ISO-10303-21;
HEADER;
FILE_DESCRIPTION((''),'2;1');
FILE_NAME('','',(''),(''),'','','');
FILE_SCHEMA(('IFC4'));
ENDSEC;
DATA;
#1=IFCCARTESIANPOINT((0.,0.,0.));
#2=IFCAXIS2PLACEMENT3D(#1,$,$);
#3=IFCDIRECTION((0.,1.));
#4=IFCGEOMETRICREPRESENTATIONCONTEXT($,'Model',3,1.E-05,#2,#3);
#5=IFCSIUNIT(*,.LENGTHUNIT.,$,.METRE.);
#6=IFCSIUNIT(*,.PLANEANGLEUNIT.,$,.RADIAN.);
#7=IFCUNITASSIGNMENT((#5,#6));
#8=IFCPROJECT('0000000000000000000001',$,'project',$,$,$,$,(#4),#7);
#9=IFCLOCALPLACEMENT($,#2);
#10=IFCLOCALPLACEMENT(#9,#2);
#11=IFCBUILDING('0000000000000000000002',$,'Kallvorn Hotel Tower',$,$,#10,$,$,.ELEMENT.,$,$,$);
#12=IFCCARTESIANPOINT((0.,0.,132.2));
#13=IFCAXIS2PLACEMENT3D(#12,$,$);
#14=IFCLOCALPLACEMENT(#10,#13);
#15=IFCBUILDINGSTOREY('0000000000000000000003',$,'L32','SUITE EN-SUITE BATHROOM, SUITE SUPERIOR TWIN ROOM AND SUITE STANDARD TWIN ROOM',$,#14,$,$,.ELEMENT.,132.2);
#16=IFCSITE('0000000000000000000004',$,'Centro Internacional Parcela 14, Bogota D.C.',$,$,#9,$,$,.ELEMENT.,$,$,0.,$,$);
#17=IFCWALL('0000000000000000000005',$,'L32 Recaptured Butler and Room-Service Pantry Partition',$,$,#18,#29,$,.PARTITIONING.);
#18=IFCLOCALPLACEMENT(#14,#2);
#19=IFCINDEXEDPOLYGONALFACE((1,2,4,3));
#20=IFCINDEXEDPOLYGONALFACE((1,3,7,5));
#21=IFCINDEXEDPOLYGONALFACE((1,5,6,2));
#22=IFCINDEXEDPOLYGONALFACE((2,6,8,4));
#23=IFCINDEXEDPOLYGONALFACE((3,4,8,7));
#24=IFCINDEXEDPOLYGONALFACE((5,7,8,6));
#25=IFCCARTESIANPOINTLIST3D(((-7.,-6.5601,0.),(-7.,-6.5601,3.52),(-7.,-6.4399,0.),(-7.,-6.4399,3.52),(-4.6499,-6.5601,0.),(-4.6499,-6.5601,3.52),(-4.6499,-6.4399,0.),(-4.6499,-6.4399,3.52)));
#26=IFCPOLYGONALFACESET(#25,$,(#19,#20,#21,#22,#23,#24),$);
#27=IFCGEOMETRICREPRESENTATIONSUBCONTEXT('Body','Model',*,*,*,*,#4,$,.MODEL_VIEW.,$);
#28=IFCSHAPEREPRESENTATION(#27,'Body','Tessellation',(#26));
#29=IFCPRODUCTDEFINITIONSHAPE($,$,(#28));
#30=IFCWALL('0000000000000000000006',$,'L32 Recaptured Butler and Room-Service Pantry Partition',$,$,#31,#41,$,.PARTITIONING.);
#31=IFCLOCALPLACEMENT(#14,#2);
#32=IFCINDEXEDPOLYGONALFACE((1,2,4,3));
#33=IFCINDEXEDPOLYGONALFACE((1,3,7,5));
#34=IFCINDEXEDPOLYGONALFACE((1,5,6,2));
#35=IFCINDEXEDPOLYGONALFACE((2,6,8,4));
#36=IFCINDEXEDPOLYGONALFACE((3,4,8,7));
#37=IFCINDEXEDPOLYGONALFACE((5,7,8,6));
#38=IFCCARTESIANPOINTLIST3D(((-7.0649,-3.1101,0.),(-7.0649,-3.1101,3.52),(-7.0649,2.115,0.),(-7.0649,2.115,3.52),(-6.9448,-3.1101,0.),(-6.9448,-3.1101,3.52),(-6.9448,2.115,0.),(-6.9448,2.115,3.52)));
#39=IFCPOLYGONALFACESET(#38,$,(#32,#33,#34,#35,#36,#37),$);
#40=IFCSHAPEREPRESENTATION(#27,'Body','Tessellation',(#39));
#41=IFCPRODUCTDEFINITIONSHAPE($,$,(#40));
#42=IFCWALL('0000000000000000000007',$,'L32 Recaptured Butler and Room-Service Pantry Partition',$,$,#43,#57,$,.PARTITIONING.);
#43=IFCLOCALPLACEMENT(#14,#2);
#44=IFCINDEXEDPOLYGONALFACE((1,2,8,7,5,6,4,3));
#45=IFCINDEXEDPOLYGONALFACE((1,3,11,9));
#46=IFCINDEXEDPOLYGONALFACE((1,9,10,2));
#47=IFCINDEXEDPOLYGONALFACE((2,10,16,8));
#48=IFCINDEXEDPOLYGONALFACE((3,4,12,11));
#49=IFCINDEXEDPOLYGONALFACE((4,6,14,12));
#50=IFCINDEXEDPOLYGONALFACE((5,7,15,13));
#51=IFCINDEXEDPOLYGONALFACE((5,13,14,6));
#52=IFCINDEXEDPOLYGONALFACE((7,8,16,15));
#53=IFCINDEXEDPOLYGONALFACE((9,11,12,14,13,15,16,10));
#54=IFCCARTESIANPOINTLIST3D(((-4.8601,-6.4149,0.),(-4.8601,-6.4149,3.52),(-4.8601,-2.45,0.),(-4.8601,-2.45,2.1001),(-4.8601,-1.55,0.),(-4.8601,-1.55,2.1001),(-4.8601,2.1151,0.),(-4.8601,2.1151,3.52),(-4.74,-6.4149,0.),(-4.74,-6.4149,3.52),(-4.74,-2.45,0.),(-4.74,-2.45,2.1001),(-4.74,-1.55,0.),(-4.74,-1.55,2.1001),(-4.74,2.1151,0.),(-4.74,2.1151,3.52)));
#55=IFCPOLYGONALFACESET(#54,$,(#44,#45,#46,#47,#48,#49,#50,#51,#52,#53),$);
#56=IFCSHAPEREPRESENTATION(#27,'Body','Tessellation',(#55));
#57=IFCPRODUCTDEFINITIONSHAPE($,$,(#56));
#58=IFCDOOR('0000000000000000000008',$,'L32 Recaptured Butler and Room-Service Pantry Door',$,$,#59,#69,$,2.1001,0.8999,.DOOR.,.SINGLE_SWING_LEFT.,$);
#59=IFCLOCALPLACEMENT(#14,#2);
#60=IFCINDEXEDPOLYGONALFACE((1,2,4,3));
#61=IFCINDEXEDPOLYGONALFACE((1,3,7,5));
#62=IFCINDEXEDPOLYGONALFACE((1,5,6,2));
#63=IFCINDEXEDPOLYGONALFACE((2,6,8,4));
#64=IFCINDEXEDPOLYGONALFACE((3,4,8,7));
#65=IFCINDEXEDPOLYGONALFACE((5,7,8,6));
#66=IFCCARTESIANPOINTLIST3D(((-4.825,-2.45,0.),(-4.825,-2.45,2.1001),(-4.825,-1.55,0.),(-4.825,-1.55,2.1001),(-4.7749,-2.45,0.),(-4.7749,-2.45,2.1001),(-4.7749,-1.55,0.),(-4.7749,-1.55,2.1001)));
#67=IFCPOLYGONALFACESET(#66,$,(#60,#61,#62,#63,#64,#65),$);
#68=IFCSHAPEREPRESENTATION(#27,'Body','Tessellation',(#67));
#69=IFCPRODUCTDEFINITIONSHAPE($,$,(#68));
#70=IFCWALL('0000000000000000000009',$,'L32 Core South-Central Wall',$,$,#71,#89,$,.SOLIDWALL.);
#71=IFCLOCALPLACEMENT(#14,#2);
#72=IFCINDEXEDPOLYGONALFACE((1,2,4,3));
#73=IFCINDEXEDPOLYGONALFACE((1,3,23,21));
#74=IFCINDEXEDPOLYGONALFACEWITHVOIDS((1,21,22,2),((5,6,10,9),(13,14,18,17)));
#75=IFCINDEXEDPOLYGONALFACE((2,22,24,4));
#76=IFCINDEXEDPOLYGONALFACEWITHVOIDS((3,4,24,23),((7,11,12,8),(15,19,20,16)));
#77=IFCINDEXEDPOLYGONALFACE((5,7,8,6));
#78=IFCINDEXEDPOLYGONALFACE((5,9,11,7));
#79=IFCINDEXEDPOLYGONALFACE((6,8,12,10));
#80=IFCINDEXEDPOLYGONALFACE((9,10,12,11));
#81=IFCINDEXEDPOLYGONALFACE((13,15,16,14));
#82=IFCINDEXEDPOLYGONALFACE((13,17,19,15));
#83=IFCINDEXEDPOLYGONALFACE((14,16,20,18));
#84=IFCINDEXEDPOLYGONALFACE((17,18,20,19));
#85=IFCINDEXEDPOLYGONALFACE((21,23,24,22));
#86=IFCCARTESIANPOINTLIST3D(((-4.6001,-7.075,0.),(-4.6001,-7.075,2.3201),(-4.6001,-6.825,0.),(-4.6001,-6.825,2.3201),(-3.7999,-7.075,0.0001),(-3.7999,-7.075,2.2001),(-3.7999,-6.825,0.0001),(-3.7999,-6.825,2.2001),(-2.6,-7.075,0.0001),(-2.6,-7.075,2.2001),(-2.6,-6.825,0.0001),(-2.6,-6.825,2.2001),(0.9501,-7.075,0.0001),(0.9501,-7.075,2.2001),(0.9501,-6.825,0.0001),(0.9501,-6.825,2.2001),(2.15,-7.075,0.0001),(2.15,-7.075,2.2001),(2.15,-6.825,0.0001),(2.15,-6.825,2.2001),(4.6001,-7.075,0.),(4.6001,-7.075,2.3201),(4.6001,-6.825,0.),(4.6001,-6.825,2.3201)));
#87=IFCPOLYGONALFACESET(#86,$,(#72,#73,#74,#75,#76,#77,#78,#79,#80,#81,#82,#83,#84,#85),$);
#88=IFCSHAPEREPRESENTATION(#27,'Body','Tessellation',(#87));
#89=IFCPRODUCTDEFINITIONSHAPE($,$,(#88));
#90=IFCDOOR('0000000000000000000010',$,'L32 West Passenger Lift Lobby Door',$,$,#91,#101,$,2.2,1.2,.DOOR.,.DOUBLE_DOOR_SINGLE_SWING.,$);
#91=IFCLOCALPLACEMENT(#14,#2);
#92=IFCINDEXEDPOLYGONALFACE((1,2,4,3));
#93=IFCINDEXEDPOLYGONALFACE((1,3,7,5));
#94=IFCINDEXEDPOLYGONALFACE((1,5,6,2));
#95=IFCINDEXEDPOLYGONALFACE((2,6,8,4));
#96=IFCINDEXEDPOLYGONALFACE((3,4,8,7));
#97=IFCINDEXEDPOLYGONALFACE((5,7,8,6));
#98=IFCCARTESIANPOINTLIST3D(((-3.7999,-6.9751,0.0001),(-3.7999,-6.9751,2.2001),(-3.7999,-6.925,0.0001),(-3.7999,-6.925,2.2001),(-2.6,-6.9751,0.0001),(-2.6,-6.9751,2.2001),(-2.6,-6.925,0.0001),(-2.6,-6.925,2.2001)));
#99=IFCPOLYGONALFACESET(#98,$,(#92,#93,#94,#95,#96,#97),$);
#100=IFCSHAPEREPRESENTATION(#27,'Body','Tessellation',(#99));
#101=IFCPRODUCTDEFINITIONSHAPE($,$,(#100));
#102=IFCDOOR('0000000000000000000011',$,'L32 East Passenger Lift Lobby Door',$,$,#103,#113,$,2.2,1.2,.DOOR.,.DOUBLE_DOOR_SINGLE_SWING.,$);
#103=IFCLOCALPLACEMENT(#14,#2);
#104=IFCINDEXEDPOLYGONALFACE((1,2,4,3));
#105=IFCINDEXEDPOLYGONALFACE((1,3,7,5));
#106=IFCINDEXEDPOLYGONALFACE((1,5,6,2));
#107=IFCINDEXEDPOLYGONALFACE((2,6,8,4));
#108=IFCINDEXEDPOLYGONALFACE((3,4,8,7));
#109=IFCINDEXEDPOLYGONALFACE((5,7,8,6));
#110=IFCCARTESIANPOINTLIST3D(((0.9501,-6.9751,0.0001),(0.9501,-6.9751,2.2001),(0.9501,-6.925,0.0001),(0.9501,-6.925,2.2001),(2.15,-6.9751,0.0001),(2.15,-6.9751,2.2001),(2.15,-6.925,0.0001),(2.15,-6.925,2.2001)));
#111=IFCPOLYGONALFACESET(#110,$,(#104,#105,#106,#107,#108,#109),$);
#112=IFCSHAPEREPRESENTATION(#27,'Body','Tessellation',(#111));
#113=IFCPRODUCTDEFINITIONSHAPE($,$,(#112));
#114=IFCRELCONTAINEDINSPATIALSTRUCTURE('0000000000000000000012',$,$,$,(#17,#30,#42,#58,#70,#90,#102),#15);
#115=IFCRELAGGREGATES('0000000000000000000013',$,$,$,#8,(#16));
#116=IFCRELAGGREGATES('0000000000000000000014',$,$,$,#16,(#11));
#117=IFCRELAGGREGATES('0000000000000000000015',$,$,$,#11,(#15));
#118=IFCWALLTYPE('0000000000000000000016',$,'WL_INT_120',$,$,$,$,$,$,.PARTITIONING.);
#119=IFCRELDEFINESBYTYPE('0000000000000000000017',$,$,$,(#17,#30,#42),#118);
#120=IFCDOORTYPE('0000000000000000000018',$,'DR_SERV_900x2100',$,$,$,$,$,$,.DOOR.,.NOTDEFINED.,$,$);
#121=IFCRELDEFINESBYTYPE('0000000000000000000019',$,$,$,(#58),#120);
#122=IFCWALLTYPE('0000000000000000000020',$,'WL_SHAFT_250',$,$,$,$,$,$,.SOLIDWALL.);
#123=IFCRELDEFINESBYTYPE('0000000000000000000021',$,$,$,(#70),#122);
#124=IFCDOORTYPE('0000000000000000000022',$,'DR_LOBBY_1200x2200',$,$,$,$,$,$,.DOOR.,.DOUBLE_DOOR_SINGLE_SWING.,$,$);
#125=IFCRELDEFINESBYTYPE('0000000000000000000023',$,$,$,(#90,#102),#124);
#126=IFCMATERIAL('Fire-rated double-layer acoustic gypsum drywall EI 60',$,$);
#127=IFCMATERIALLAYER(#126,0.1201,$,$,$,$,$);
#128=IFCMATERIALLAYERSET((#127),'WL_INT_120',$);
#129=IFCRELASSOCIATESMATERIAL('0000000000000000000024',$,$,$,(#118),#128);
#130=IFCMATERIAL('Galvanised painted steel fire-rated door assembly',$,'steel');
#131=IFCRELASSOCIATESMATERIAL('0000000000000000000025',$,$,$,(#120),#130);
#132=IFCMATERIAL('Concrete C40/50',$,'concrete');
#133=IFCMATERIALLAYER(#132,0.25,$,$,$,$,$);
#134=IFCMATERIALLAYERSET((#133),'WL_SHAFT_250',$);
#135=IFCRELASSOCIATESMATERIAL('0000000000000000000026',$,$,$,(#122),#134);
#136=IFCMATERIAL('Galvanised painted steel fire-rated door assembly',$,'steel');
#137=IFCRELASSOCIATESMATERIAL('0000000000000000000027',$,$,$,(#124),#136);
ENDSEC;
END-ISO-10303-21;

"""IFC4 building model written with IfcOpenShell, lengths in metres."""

from ifc_helpers import new_model, si_unit, direction, frame, frame_2d, origin, place, context, subcontext, project, spatial, rectangle, extrude, material, layer, layer_set, type_object, element, fill, save


model = new_model("IFC4")

# Units and contexts
model_context = context("Model", 3, precision=1e-05, world=origin(), true_north=direction((0.0, 1.0)))
body_context = subcontext(model_context, "Body", "Model", "MODEL_VIEW")
ifc_project = project(units=[si_unit("LENGTHUNIT", "METRE"), si_unit("PLANEANGLEUNIT", "RADIAN")], contexts=[model_context])

# Site, building, storey
site_placement = place(None, origin())
site = spatial("IfcSite", under=ifc_project, at=site_placement, Name="Centro Internacional Parcela 14, Bogota D.C.", CompositionType="ELEMENT", RefElevation=0.0)
building_placement = place(site_placement, origin())
building = spatial("IfcBuilding", under=site, at=building_placement, Name="Kallvorn Hotel Tower", CompositionType="ELEMENT")
storey_placement = place(building_placement, frame((0.0, 0.0, 132.2)))
storey = spatial("IfcBuildingStorey", under=building, at=storey_placement, Name="L32", Description="SUITE EN-SUITE BATHROOM, SUITE SUPERIOR TWIN ROOM AND SUITE STANDARD TWIN ROOM", CompositionType="ELEMENT", Elevation=132.2)

# Walls
ifc_material_1 = material(Name="Fire-rated double-layer acoustic gypsum drywall EI 60")
ifc_layer_1 = layer(ifc_material_1, 0.1201)
ifc_layer_set_1 = layer_set([ifc_layer_1], Name="WL_INT_120")
wall_type_1 = type_object("IfcWallType", Name="WL_INT_120", PredefinedType="PARTITIONING", material=ifc_layer_set_1)
wall_1_placement = place(storey_placement, frame((-7.0, -6.5, 0.0), z_axis=(0.0, 0.0, 1.0), x_axis=(1.0, 0.0, 0.0)))
element("IfcWall", 1, at=wall_1_placement, inside=storey, type_object=wall_type_1, Name="L32 Recaptured Butler and Room-Service Pantry Partition", PredefinedType="PARTITIONING", context=body_context, shape_type="SweptSolid", body=[
    extrude(rectangle(XDim=2.3501, YDim=0.1201, at=frame_2d((1.175, 0.0))), origin(), (0.0, 0.0, 1.0), 3.52),
])
wall_2_placement = place(storey_placement, frame((-7.0049, -3.1101, 0.0), z_axis=(0.0, 0.0, 1.0), x_axis=(0.0, 1.0, 0.0)))
element("IfcWall", 2, at=wall_2_placement, inside=storey, type_object=wall_type_1, Name="L32 Recaptured Butler and Room-Service Pantry Partition", PredefinedType="PARTITIONING", context=body_context, shape_type="SweptSolid", body=[
    extrude(rectangle(XDim=5.2251, YDim=0.1201, at=frame_2d((2.6125, 0.0))), origin(), (0.0, 0.0, 1.0), 3.52),
])

# Wall, opening, door
wall_3_placement = place(storey_placement, frame((-4.8, -6.415, 0.0), z_axis=(0.0, 0.0, 1.0), x_axis=(0.0, 1.0, 0.0)))
wall_3 = element("IfcWall", 3, at=wall_3_placement, inside=storey, type_object=wall_type_1, Name="L32 Recaptured Butler and Room-Service Pantry Partition", PredefinedType="PARTITIONING", context=body_context, shape_type="SweptSolid", body=[
    extrude(rectangle(XDim=8.53, YDim=0.1201, at=frame_2d((4.2651, 0.0))), origin(), (0.0, 0.0, 1.0), 3.52),
])
opening_1_placement = place(wall_3_placement, frame((3.9651, 0.0, 0.0)))
opening_1 = element("IfcOpeningElement", 4, at=opening_1_placement, cuts=wall_3, PredefinedType="OPENING", context=body_context, shape_type="SweptSolid", body=[
    extrude(rectangle(XDim=0.8999, YDim=2.1001, at=frame_2d((0.45, 1.05))), frame((0.0, 0.075, 0.0), z_axis=(0.0, -1.0, 0.0), x_axis=(1.0, 0.0, 0.0)), (0.0, 0.0, 1.0), 0.1501),
])
ifc_material_2 = material(Name="Galvanised painted steel fire-rated door assembly", Category="steel")
door_type_1 = type_object("IfcDoorType", Name="DR_SERV_900x2100", OperationType="NOTDEFINED", PredefinedType="DOOR", material=ifc_material_2)
door_1_placement = place(opening_1_placement, origin())
door_1 = element("IfcDoor", 5, at=door_1_placement, inside=storey, type_object=door_type_1, Name="L32 Recaptured Butler and Room-Service Pantry Door", OperationType="SINGLE_SWING_LEFT", OverallHeight=2.1001, OverallWidth=0.8999, PredefinedType="DOOR", context=body_context, shape_type="SweptSolid", body=[
    extrude(rectangle(XDim=0.8999, YDim=2.1001, at=frame_2d((0.45, 1.05))), frame((0.0, 0.0249, 0.0), z_axis=(0.0, -1.0, 0.0), x_axis=(1.0, 0.0, 0.0)), (0.0, 0.0, 1.0), 0.05),
])
fill(opening_1, door_1)

# Wall, openings, doors
ifc_material_3 = material(Name="Concrete C40/50", Category="concrete")
ifc_layer_2 = layer(ifc_material_3, 0.25)
ifc_layer_set_2 = layer_set([ifc_layer_2], Name="WL_SHAFT_250")
wall_type_2 = type_object("IfcWallType", Name="WL_SHAFT_250", PredefinedType="SOLIDWALL", material=ifc_layer_set_2)
wall_4_placement = place(storey_placement, frame((-4.6001, -6.95, 0.0), z_axis=(0.0, 0.0, 1.0), x_axis=(1.0, 0.0, 0.0)))
wall_4 = element("IfcWall", 6, at=wall_4_placement, inside=storey, type_object=wall_type_2, Name="L32 Core South-Central Wall", PredefinedType="SOLIDWALL", context=body_context, shape_type="SweptSolid", body=[
    extrude(rectangle(XDim=9.2002, YDim=0.25, at=frame_2d((4.6001, 0.0))), origin(), (0.0, 0.0, 1.0), 2.3201),
])
opening_2_placement = place(wall_4_placement, frame((0.8, 0.0, 0.0)))
opening_2 = element("IfcOpeningElement", 7, at=opening_2_placement, cuts=wall_4, PredefinedType="OPENING", context=body_context, shape_type="SweptSolid", body=[
    extrude(rectangle(XDim=1.2, YDim=2.2, at=frame_2d((0.6001, 1.1001))), frame((0.0, 0.1399, 0.0), z_axis=(0.0, -1.0, 0.0), x_axis=(1.0, 0.0, 0.0)), (0.0, 0.0, 1.0), 0.28),
])
opening_3_placement = place(wall_4_placement, frame((5.55, 0.0, 0.0)))
opening_3 = element("IfcOpeningElement", 8, at=opening_3_placement, cuts=wall_4, PredefinedType="OPENING", context=body_context, shape_type="SweptSolid", body=[
    extrude(rectangle(XDim=1.2, YDim=2.2, at=frame_2d((0.6001, 1.1001))), frame((0.0, 0.1399, 0.0), z_axis=(0.0, -1.0, 0.0), x_axis=(1.0, 0.0, 0.0)), (0.0, 0.0, 1.0), 0.28),
])
ifc_material_4 = material(Name="Galvanised painted steel fire-rated door assembly", Category="steel")
door_type_2 = type_object("IfcDoorType", Name="DR_LOBBY_1200x2200", OperationType="DOUBLE_DOOR_SINGLE_SWING", PredefinedType="DOOR", material=ifc_material_4)
door_2_placement = place(opening_2_placement, origin())
door_2 = element("IfcDoor", 9, at=door_2_placement, inside=storey, type_object=door_type_2, Name="L32 West Passenger Lift Lobby Door", OperationType="DOUBLE_DOOR_SINGLE_SWING", OverallHeight=2.2, OverallWidth=1.2, PredefinedType="DOOR", context=body_context, shape_type="SweptSolid", body=[
    extrude(rectangle(XDim=1.2, YDim=2.2, at=frame_2d((0.6001, 1.1001))), frame((0.0, 0.0249, 0.0), z_axis=(0.0, -1.0, 0.0), x_axis=(1.0, 0.0, 0.0)), (0.0, 0.0, 1.0), 0.05),
])
fill(opening_2, door_2)
door_3_placement = place(opening_3_placement, origin())
door_3 = element("IfcDoor", 10, at=door_3_placement, inside=storey, type_object=door_type_2, Name="L32 East Passenger Lift Lobby Door", OperationType="DOUBLE_DOOR_SINGLE_SWING", OverallHeight=2.2, OverallWidth=1.2, PredefinedType="DOOR", context=body_context, shape_type="SweptSolid", body=[
    extrude(rectangle(XDim=1.2, YDim=2.2, at=frame_2d((0.6001, 1.1001))), frame((0.0, 0.0249, 0.0), z_axis=(0.0, -1.0, 0.0), x_axis=(1.0, 0.0, 0.0)), (0.0, 0.0, 1.0), 0.05),
])
fill(opening_3, door_3)

save(model, "model.ifc")
